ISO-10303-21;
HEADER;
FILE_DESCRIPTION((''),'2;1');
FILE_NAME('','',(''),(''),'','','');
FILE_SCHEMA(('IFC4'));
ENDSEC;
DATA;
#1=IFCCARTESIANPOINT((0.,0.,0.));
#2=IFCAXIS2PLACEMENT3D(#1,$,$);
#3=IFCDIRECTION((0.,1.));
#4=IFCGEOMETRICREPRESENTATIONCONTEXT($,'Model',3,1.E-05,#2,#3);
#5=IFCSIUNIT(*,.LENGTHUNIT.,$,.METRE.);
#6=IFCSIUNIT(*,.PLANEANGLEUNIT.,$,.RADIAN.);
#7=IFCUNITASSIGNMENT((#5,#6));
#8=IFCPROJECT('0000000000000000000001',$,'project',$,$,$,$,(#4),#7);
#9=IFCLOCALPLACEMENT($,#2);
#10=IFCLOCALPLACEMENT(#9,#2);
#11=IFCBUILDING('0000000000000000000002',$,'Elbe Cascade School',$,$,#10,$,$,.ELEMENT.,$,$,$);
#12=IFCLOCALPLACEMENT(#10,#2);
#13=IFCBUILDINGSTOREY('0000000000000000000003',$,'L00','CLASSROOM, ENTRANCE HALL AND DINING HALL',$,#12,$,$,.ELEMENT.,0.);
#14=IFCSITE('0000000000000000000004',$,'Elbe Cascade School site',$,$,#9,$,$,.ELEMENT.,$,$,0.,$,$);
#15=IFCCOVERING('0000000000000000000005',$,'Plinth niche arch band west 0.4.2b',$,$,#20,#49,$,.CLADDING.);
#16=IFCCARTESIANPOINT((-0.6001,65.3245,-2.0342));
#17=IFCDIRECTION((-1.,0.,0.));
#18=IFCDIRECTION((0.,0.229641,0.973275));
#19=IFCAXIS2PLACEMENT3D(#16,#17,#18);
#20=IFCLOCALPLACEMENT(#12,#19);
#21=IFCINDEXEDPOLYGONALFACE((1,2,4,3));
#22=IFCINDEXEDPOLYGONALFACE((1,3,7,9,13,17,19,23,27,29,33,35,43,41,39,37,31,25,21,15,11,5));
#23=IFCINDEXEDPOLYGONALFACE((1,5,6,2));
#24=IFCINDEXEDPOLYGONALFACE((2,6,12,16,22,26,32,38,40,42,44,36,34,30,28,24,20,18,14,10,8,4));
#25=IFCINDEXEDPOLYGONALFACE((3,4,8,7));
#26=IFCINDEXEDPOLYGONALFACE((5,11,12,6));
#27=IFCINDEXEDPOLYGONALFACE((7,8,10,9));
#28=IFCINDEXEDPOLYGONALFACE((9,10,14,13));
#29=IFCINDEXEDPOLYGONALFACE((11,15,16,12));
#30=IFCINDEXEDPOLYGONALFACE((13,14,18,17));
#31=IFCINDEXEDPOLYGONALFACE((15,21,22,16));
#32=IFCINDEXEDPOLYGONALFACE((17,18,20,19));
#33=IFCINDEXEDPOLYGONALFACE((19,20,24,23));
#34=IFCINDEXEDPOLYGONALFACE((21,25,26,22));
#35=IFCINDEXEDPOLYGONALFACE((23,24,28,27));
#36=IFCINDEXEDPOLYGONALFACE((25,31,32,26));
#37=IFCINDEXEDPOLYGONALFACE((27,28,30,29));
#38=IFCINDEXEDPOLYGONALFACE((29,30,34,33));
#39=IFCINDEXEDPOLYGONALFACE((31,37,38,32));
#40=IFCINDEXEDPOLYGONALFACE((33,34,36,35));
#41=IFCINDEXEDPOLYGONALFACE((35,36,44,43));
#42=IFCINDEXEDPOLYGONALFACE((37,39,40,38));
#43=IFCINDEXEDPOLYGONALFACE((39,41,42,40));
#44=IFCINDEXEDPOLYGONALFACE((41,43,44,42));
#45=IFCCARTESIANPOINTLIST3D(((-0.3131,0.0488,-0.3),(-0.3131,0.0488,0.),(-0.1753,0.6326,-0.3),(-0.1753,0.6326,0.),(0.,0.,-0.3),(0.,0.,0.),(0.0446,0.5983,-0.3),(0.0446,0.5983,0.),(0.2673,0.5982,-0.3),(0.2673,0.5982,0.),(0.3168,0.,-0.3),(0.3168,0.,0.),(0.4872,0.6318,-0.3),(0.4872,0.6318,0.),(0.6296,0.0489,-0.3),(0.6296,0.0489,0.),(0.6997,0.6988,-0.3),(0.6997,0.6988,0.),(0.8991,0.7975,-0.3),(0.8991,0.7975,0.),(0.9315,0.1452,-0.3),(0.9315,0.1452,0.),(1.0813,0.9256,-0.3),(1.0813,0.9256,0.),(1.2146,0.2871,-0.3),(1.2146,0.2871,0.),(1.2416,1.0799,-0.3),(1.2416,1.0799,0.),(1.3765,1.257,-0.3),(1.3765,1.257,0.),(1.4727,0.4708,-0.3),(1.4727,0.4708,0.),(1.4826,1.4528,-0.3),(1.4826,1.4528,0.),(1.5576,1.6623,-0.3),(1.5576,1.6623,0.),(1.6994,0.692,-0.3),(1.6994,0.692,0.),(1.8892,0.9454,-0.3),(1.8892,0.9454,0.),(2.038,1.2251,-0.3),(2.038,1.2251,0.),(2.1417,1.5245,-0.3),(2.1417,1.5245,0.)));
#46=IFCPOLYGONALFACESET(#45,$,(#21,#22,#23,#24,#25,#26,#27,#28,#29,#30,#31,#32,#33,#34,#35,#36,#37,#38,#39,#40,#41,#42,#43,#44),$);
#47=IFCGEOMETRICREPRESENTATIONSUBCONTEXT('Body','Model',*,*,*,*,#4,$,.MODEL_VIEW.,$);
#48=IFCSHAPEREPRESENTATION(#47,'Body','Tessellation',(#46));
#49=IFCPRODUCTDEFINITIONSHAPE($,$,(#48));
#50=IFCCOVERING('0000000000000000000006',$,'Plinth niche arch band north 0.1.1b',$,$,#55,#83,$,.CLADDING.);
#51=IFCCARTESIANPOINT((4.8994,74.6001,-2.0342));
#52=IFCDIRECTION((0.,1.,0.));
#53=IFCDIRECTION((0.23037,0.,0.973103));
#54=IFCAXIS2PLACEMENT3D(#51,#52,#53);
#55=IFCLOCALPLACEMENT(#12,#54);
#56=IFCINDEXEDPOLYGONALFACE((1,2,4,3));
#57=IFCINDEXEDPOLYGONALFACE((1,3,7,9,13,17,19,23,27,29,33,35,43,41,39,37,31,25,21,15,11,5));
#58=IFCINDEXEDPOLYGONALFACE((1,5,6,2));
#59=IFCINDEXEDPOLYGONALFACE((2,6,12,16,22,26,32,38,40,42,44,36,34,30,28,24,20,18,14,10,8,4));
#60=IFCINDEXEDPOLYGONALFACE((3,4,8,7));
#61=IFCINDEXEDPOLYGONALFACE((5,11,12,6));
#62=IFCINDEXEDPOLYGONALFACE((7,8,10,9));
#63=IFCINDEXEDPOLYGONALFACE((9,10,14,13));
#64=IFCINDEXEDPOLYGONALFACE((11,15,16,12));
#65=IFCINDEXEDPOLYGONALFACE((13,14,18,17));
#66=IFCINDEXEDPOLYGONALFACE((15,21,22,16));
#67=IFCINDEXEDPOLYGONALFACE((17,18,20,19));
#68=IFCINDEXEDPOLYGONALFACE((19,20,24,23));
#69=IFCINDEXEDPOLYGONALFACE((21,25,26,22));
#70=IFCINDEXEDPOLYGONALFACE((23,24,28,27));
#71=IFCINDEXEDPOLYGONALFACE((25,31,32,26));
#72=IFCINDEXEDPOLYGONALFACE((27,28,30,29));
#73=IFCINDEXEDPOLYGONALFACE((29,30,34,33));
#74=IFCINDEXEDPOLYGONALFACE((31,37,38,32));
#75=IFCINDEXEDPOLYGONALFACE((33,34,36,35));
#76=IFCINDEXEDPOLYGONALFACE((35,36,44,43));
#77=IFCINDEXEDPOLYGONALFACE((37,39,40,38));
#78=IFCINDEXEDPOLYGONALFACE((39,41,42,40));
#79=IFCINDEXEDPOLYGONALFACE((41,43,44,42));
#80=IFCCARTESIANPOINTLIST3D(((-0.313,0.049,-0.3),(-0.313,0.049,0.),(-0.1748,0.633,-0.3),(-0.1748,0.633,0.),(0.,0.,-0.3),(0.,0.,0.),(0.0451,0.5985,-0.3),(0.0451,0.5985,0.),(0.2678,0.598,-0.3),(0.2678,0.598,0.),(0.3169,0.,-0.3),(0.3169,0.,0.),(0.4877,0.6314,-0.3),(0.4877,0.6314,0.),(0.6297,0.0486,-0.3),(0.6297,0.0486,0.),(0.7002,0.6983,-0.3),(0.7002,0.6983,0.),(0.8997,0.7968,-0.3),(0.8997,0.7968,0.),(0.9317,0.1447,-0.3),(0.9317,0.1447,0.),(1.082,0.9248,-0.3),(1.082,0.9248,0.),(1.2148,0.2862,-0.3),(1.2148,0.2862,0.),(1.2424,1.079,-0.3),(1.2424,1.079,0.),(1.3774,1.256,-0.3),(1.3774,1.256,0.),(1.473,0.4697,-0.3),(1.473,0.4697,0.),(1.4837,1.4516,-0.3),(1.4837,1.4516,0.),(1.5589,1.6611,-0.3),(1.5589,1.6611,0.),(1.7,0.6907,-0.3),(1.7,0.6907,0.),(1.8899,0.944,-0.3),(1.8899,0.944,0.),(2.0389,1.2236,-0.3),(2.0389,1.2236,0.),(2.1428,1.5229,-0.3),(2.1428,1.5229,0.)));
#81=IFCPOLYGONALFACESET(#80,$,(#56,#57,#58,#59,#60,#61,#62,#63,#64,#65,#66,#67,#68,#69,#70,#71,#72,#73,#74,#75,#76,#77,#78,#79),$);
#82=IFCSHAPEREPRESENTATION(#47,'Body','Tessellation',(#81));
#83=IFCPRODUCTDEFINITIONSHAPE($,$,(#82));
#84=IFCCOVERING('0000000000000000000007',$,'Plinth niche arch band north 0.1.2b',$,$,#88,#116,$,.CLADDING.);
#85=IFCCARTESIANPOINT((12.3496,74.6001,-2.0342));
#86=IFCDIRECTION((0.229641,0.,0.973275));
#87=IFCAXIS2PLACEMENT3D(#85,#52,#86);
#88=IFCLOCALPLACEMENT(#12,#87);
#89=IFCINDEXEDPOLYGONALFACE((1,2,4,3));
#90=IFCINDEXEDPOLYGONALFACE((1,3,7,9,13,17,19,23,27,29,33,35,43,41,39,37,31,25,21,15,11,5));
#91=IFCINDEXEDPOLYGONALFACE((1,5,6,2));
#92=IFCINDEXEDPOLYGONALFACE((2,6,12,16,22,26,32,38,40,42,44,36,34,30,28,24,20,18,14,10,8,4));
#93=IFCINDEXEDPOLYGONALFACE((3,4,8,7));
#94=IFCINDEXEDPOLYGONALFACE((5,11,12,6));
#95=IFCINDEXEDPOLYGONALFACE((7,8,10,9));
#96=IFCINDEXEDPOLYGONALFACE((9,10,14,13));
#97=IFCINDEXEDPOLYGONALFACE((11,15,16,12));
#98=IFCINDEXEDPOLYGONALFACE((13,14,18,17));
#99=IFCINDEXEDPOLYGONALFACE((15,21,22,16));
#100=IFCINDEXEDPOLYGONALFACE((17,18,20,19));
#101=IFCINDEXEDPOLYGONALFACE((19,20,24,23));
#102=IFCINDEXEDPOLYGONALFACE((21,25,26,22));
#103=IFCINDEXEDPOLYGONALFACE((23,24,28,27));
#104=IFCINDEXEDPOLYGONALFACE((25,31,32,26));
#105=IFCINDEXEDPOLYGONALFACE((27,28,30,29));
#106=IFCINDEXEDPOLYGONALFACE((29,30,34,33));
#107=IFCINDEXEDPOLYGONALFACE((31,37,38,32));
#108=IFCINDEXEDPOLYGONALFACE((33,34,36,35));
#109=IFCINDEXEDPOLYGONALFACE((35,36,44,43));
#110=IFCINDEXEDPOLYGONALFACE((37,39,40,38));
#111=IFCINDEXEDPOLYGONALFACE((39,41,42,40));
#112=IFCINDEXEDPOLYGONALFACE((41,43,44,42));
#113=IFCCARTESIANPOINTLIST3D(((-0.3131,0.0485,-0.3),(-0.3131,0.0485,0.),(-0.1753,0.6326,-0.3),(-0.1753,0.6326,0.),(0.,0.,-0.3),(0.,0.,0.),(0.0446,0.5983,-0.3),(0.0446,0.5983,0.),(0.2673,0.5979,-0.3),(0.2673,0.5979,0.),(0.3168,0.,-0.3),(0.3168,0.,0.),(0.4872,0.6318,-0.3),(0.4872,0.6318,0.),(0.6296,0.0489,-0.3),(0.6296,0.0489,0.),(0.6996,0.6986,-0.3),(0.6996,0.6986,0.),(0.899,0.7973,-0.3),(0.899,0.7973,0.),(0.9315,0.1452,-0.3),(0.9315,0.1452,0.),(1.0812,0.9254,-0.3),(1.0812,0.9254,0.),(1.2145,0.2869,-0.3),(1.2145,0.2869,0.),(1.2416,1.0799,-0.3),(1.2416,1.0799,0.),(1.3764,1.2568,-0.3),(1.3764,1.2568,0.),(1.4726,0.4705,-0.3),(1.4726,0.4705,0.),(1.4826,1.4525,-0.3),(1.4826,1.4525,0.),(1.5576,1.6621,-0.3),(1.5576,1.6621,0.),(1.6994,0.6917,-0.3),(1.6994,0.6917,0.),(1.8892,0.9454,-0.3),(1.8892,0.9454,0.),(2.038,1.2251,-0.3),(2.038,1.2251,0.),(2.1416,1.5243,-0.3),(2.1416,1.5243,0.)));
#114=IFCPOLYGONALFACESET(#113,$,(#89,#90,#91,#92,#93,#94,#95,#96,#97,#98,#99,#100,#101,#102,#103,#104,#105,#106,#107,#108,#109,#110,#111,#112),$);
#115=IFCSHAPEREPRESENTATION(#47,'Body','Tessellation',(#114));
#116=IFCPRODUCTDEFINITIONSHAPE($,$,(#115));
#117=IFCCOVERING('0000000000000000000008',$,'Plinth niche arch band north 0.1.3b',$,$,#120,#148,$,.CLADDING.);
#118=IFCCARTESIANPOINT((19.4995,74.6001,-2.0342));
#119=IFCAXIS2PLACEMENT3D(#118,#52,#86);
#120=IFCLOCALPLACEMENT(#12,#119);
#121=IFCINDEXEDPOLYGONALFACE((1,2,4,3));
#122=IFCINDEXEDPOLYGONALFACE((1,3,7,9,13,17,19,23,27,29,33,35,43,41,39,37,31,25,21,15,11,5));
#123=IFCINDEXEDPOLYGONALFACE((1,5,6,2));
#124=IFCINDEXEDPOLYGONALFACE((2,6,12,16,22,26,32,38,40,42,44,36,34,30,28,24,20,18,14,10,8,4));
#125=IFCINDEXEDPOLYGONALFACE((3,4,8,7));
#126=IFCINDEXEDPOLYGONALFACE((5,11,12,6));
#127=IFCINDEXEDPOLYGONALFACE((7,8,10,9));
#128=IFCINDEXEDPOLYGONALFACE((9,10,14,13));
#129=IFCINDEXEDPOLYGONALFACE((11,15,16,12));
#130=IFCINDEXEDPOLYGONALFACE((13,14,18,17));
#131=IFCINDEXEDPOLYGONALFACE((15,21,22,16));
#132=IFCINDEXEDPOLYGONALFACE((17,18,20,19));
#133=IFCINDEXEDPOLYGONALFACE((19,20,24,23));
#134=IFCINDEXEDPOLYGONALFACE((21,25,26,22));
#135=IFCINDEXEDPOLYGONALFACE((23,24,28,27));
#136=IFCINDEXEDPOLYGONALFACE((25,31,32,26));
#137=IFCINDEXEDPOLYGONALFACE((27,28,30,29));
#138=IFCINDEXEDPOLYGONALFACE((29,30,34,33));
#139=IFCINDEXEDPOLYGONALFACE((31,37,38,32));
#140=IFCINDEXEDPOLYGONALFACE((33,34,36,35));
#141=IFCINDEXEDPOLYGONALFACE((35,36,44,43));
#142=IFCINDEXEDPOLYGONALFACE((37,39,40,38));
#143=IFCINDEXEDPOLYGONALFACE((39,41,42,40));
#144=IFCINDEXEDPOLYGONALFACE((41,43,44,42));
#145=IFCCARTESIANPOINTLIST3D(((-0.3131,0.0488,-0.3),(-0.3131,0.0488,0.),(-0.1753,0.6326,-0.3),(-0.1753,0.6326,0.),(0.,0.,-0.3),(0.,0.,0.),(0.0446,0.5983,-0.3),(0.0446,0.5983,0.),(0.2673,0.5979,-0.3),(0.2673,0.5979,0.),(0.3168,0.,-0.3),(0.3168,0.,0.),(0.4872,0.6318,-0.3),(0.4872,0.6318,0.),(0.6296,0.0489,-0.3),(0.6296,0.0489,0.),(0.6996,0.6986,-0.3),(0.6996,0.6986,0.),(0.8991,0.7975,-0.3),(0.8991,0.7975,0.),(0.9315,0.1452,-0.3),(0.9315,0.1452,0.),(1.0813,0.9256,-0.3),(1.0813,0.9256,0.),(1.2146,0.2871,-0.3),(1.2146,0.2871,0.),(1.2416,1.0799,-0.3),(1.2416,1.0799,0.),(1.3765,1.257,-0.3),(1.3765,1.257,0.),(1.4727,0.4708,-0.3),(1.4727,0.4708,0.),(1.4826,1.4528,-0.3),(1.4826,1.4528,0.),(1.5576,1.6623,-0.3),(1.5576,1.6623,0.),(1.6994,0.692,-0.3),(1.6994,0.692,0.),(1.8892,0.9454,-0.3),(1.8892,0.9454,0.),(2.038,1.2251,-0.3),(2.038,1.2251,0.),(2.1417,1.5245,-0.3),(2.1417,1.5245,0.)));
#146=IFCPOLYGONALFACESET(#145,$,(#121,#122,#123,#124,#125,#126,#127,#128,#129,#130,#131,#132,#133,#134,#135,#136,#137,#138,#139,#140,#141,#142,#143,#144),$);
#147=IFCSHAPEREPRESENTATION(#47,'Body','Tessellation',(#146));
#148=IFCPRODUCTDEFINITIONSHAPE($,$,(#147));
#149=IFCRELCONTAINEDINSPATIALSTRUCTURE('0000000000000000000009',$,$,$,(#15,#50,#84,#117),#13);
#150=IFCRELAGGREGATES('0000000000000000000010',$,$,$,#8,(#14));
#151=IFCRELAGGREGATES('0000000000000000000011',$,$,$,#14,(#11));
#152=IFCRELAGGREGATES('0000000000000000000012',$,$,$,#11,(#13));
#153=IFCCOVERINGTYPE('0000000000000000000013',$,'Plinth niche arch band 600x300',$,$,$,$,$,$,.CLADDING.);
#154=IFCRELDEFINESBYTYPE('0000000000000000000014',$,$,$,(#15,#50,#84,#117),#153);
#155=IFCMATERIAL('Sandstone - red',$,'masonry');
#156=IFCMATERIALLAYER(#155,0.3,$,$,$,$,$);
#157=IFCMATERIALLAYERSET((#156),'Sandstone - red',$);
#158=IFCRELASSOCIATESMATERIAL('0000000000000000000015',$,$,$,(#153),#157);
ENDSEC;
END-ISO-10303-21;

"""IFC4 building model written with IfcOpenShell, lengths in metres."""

from ifc_helpers import new_model, si_unit, direction, frame, origin, place, context, subcontext, project, spatial, polyline, outline, extrude, material, layer, layer_set, type_object, element, save


model = new_model("IFC4")

# Units and contexts
model_context = context("Model", 3, precision=1e-05, world=origin(), true_north=direction((0.0, 1.0)))
body_context = subcontext(model_context, "Body", "Model", "MODEL_VIEW")
ifc_project = project(units=[si_unit("LENGTHUNIT", "METRE"), si_unit("PLANEANGLEUNIT", "RADIAN")], contexts=[model_context])

# Site, building, storey
site_placement = place(None, origin())
site = spatial("IfcSite", under=ifc_project, at=site_placement, Name="Elbe Cascade School site", CompositionType="ELEMENT", RefElevation=0.0)
building_placement = place(site_placement, origin())
building = spatial("IfcBuilding", under=site, at=building_placement, Name="Elbe Cascade School", CompositionType="ELEMENT")
storey_placement = place(building_placement, origin())
storey = spatial("IfcBuildingStorey", under=building, at=storey_placement, Name="L00", Description="CLASSROOM, ENTRANCE HALL AND DINING HALL", CompositionType="ELEMENT", Elevation=0.0)

# Coverings
ifc_material_1 = material(Name="Sandstone - red", Category="masonry")
ifc_layer_1 = layer(ifc_material_1, 0.3)
ifc_layer_set_1 = layer_set([ifc_layer_1], Name="Sandstone - red")
covering_type = type_object("IfcCoveringType", Name="Plinth niche arch band 600x300", PredefinedType="CLADDING", material=ifc_layer_set_1)
covering_1_placement = place(storey_placement, frame((-0.6001, 65.3245, -2.0342), z_axis=(-1.0, 0.0, 0.0), x_axis=(0.0, 0.229641, 0.973275)))
element("IfcCovering", 1, at=covering_1_placement, inside=storey, type_object=covering_type, Name="Plinth niche arch band west 0.4.2b", PredefinedType="CLADDING", context=body_context, shape_type="SweptSolid", body=[
    extrude(outline(polyline([(0.0, 0.0), (0.3168, 0.0), (0.6296, 0.0489), (0.9315, 0.1452), (1.2146, 0.2871), (1.4727, 0.4708), (1.6994, 0.692), (1.8892, 0.9454), (2.038, 1.2251), (2.1417, 1.5245), (1.5576, 1.6623), (1.4826, 1.4528), (1.3765, 1.257), (1.2416, 1.0799), (1.0813, 0.9256), (0.8991, 0.7975), (0.6997, 0.6988), (0.4872, 0.6318), (0.2673, 0.5982), (0.0446, 0.5983), (-0.1753, 0.6326), (-0.3131, 0.0488), (0.0, 0.0)])), origin(), (0.0, 0.0, -1.0), 0.3),
])
covering_2_placement = place(storey_placement, frame((4.8994, 74.6001, -2.0342), z_axis=(0.0, 1.0, 0.0), x_axis=(0.23037, 0.0, 0.973103)))
element("IfcCovering", 2, at=covering_2_placement, inside=storey, type_object=covering_type, Name="Plinth niche arch band north 0.1.1b", PredefinedType="CLADDING", context=body_context, shape_type="SweptSolid", body=[
    extrude(outline(polyline([(0.0, 0.0), (0.3169, 0.0), (0.6297, 0.0486), (0.9317, 0.1447), (1.2148, 0.2862), (1.473, 0.4697), (1.7, 0.6907), (1.8899, 0.944), (2.0389, 1.2236), (2.1428, 1.5229), (1.5589, 1.6611), (1.4837, 1.4516), (1.3774, 1.256), (1.2424, 1.079), (1.082, 0.9248), (0.8997, 0.7968), (0.7002, 0.6983), (0.4877, 0.6314), (0.2678, 0.598), (0.0451, 0.5985), (-0.1748, 0.633), (-0.313, 0.049), (0.0, 0.0)])), origin(), (0.0, 0.0, -1.0), 0.3),
])
covering_3_placement = place(storey_placement, frame((12.3496, 74.6001, -2.0342), z_axis=(0.0, 1.0, 0.0), x_axis=(0.229641, 0.0, 0.973275)))
element("IfcCovering", 3, at=covering_3_placement, inside=storey, type_object=covering_type, Name="Plinth niche arch band north 0.1.2b", PredefinedType="CLADDING", context=body_context, shape_type="SweptSolid", body=[
    extrude(outline(polyline([(0.0, 0.0), (0.3168, 0.0), (0.6296, 0.0489), (0.9315, 0.1452), (1.2145, 0.2869), (1.4726, 0.4705), (1.6994, 0.6917), (1.8892, 0.9454), (2.038, 1.2251), (2.1416, 1.5243), (1.5576, 1.6621), (1.4826, 1.4525), (1.3764, 1.2568), (1.2416, 1.0799), (1.0812, 0.9254), (0.899, 0.7973), (0.6996, 0.6986), (0.4872, 0.6318), (0.2673, 0.5979), (0.0446, 0.5983), (-0.1753, 0.6326), (-0.3131, 0.0485), (0.0, 0.0)])), origin(), (0.0, 0.0, -1.0), 0.3),
])
covering_4_placement = place(storey_placement, frame((19.4995, 74.6001, -2.0342), z_axis=(0.0, 1.0, 0.0), x_axis=(0.229641, 0.0, 0.973275)))
element("IfcCovering", 4, at=covering_4_placement, inside=storey, type_object=covering_type, Name="Plinth niche arch band north 0.1.3b", PredefinedType="CLADDING", context=body_context, shape_type="SweptSolid", body=[
    extrude(outline(polyline([(0.0, 0.0), (0.3168, 0.0), (0.6296, 0.0489), (0.9315, 0.1452), (1.2146, 0.2871), (1.4727, 0.4708), (1.6994, 0.692), (1.8892, 0.9454), (2.038, 1.2251), (2.1417, 1.5245), (1.5576, 1.6623), (1.4826, 1.4528), (1.3765, 1.257), (1.2416, 1.0799), (1.0813, 0.9256), (0.8991, 0.7975), (0.6996, 0.6986), (0.4872, 0.6318), (0.2673, 0.5979), (0.0446, 0.5983), (-0.1753, 0.6326), (-0.3131, 0.0488), (0.0, 0.0)])), origin(), (0.0, 0.0, -1.0), 0.3),
])

save(model, "model.ifc")
